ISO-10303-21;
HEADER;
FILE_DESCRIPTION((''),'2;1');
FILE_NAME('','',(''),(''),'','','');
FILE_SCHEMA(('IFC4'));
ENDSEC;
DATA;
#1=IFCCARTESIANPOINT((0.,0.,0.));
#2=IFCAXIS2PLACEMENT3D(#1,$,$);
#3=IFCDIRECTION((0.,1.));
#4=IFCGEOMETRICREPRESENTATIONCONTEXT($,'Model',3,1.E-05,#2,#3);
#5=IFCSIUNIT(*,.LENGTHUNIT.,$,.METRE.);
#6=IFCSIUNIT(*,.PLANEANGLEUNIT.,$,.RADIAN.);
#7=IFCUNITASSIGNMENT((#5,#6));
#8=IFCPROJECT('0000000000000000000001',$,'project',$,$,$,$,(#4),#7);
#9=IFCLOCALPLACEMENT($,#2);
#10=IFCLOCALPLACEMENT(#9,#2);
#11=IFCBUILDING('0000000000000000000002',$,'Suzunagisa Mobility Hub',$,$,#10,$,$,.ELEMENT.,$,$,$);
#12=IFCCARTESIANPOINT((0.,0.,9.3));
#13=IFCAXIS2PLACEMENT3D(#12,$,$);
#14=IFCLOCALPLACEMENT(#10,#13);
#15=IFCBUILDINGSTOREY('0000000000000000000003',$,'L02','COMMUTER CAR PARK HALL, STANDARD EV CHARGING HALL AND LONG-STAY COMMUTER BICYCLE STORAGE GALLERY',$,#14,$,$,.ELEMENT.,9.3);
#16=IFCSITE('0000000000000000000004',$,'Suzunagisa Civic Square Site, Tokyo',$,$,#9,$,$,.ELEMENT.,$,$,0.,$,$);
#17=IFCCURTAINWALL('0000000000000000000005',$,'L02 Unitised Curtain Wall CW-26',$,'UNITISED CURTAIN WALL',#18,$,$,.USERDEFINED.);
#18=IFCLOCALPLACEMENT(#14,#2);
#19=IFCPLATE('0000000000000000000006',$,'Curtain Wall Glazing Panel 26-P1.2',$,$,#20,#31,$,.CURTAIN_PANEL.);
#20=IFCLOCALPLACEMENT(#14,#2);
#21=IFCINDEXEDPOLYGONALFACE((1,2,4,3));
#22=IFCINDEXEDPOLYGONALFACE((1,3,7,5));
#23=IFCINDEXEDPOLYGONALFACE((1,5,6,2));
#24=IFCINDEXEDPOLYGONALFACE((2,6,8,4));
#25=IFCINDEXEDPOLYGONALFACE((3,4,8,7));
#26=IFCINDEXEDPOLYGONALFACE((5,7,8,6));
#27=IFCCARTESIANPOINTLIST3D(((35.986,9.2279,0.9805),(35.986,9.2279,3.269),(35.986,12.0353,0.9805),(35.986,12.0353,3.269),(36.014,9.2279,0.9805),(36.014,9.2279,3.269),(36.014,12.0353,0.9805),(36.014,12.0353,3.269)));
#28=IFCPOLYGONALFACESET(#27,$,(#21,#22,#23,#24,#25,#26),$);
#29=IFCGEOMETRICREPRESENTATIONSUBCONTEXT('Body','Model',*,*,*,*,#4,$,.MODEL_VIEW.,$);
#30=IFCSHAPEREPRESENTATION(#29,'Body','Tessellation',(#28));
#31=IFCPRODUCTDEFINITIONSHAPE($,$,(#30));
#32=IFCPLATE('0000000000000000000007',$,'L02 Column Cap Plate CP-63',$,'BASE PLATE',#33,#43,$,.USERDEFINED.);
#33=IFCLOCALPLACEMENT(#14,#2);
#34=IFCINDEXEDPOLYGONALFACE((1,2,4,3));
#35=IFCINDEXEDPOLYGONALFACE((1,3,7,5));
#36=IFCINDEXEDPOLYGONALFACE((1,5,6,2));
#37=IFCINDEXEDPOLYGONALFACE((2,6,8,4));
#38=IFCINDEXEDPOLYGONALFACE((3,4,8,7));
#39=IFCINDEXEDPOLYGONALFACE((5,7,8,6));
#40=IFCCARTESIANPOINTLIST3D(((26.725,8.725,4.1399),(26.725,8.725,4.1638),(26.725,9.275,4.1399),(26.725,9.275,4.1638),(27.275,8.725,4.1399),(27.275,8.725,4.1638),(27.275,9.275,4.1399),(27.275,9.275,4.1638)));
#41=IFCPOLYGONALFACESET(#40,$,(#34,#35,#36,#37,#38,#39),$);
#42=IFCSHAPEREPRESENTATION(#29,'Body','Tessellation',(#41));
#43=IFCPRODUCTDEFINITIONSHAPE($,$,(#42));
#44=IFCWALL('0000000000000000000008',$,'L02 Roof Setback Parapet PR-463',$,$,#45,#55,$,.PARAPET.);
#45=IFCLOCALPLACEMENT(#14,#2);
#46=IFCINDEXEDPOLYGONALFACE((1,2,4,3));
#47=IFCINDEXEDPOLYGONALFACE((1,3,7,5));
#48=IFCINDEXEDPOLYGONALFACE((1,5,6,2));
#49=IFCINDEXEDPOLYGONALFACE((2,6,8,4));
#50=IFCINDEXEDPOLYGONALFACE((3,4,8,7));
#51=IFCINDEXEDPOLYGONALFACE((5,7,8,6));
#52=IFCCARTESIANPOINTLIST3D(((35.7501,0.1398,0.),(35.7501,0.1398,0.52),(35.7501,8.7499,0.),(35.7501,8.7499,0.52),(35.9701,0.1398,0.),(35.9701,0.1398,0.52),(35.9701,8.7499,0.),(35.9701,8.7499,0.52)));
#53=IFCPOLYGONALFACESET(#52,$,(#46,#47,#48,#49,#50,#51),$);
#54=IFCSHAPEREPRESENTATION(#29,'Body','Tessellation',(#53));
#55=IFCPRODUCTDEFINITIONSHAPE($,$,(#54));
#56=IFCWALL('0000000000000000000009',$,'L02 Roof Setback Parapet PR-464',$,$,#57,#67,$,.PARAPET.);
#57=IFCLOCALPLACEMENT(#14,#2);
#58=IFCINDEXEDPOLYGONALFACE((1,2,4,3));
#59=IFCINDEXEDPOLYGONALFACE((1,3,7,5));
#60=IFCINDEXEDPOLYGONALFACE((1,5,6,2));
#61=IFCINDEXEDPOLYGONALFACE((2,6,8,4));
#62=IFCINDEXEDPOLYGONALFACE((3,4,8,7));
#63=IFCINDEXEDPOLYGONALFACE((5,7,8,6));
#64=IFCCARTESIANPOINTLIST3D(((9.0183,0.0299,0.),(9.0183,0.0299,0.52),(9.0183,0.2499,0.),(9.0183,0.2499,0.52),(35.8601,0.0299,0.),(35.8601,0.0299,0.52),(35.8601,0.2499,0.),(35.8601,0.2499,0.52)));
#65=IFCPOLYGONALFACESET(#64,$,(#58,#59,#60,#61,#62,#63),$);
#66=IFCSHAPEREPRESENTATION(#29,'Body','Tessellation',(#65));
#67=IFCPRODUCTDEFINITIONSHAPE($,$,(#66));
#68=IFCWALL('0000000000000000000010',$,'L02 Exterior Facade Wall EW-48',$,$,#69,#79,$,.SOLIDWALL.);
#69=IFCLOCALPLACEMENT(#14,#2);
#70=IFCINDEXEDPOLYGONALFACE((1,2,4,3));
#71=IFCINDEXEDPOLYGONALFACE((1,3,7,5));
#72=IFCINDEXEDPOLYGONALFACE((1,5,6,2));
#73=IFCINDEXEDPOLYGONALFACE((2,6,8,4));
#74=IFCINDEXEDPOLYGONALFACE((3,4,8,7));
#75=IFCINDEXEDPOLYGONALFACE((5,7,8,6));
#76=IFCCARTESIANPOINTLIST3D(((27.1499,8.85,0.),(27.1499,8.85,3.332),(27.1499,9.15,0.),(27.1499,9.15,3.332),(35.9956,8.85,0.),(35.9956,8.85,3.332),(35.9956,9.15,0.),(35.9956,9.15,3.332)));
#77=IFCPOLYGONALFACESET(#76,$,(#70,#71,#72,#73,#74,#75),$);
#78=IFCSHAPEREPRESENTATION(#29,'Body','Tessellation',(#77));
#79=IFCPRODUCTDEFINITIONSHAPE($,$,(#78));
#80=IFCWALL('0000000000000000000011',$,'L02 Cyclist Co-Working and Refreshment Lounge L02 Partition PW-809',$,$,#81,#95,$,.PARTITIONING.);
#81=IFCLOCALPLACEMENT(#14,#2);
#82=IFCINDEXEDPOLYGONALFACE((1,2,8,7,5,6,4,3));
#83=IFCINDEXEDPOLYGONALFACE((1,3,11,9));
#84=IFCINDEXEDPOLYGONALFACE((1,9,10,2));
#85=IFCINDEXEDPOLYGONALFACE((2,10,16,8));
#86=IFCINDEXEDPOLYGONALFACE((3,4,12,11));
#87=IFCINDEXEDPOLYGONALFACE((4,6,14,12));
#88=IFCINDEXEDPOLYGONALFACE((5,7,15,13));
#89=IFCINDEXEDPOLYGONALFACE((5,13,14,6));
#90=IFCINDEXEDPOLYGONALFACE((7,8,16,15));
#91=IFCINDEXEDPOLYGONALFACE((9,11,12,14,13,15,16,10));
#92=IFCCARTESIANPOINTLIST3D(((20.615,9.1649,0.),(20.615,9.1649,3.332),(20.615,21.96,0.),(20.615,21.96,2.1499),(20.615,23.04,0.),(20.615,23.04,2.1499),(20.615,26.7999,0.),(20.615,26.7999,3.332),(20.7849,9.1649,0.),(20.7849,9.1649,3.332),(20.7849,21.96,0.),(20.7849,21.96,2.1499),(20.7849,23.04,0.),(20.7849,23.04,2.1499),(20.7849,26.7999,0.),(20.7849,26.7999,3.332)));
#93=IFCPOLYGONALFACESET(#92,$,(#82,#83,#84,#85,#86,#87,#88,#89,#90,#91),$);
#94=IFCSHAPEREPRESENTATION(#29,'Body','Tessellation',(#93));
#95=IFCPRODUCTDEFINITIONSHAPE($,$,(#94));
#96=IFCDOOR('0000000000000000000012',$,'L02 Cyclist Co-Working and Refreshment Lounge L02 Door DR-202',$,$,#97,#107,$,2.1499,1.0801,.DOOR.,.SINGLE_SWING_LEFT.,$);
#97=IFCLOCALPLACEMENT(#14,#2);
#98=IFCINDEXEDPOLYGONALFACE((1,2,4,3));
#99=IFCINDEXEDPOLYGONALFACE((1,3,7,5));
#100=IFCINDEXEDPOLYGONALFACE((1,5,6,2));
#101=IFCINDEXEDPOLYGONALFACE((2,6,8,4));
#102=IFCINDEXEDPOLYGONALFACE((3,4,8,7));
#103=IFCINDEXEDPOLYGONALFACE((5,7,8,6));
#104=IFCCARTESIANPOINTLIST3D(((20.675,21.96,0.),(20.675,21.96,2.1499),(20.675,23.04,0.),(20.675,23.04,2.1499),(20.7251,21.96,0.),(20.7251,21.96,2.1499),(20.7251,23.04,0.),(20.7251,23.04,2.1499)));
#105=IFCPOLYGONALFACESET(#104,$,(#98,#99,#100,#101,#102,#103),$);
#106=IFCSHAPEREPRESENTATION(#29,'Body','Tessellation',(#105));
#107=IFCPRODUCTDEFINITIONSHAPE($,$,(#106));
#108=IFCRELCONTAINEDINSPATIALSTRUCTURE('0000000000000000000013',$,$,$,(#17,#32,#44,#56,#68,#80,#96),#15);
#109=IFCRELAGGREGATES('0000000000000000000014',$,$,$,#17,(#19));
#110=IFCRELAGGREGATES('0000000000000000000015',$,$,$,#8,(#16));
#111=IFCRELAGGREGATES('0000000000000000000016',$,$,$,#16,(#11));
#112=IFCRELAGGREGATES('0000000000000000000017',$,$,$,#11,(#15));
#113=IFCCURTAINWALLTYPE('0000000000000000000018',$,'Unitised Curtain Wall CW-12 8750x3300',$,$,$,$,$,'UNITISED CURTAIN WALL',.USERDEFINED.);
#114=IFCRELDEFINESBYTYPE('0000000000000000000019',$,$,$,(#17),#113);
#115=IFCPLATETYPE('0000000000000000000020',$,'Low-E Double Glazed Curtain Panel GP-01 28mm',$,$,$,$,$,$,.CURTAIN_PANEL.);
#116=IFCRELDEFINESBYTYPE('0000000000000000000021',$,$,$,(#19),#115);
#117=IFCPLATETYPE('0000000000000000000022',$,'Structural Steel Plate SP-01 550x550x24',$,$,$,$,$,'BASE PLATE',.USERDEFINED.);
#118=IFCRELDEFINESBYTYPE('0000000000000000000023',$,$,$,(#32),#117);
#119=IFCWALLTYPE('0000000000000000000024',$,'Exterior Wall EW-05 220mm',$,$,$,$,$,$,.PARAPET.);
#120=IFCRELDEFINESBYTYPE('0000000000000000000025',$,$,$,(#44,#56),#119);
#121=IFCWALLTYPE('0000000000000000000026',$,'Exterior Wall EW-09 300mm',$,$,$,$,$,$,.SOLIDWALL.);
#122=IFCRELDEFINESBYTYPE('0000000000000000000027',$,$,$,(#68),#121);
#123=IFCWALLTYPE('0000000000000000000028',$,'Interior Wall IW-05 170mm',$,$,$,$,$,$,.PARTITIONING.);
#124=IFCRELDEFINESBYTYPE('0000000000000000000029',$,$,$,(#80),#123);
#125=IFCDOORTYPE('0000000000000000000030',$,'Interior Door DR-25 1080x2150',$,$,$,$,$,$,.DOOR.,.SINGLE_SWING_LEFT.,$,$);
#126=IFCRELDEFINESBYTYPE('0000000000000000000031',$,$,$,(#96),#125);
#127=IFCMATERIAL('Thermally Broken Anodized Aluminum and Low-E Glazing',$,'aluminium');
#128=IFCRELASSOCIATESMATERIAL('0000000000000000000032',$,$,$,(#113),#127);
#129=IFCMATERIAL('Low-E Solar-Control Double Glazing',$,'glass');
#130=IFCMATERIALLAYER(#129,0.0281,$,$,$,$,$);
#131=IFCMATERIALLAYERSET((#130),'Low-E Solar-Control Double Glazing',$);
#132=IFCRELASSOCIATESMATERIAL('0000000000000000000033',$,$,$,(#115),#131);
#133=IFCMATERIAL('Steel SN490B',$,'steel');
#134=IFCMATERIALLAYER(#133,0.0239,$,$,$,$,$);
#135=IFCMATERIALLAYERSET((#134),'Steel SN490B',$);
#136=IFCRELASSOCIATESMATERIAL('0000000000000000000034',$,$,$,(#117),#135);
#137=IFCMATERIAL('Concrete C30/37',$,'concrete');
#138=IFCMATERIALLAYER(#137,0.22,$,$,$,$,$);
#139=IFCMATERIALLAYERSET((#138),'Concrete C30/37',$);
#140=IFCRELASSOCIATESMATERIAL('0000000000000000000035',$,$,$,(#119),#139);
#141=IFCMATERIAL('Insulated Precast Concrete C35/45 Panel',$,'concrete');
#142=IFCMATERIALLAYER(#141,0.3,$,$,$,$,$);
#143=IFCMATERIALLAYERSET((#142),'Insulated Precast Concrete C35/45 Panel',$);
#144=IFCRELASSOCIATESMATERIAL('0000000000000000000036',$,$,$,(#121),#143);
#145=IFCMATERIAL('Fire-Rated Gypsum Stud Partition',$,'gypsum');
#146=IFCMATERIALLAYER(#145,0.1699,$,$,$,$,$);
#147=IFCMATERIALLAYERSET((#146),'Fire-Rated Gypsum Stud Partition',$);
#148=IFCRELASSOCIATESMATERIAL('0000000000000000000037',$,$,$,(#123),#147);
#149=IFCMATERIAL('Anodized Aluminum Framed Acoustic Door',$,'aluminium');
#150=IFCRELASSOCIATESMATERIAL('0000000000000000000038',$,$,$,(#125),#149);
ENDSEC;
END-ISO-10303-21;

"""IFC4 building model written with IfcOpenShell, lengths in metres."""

from ifc_helpers import new_model, si_unit, direction, frame, frame_2d, origin, origin_2d, place, context, subcontext, project, spatial, rectangle, extrude, material, layer, layer_set, type_object, element, fill, aggregate, save


model = new_model("IFC4")

# Units and contexts
model_context = context("Model", 3, precision=1e-05, world=origin(), true_north=direction((0.0, 1.0)))
body_context = subcontext(model_context, "Body", "Model", "MODEL_VIEW")
ifc_project = project(units=[si_unit("LENGTHUNIT", "METRE"), si_unit("PLANEANGLEUNIT", "RADIAN")], contexts=[model_context])

# Site, building, storey
site_placement = place(None, origin())
site = spatial("IfcSite", under=ifc_project, at=site_placement, Name="Suzunagisa Civic Square Site, Tokyo", CompositionType="ELEMENT", RefElevation=0.0)
building_placement = place(site_placement, origin())
building = spatial("IfcBuilding", under=site, at=building_placement, Name="Suzunagisa Mobility Hub", CompositionType="ELEMENT")
storey_placement = place(building_placement, frame((0.0, 0.0, 9.3)))
storey = spatial("IfcBuildingStorey", under=building, at=storey_placement, Name="L02", Description="COMMUTER CAR PARK HALL, STANDARD EV CHARGING HALL AND LONG-STAY COMMUTER BICYCLE STORAGE GALLERY", CompositionType="ELEMENT", Elevation=9.3)

# Shared definitions
ifc_material_1 = material(Name="Steel SN490B", Category="steel")

# Curtain wall
ifc_material_2 = material(Name="Thermally Broken Anodized Aluminum and Low-E Glazing", Category="aluminium")
curtain_wall_type = type_object("IfcCurtainWallType", Name="Unitised Curtain Wall CW-12 8750x3300", ElementType="UNITISED CURTAIN WALL", PredefinedType="USERDEFINED", material=ifc_material_2)
curtain_wall_1_placement = place(storey_placement, origin())
curtain_wall_1 = element("IfcCurtainWall", 1, at=curtain_wall_1_placement, inside=storey, type_object=curtain_wall_type, Name="L02 Unitised Curtain Wall CW-26", ObjectType="UNITISED CURTAIN WALL", PredefinedType="USERDEFINED")

# Plates
ifc_material_3 = material(Name="Low-E Solar-Control Double Glazing", Category="glass")
ifc_layer_1 = layer(ifc_material_3, 0.0281)
ifc_layer_set_1 = layer_set([ifc_layer_1], Name="Low-E Solar-Control Double Glazing")
plate_type_1 = type_object("IfcPlateType", Name="Low-E Double Glazed Curtain Panel GP-01 28mm", PredefinedType="CURTAIN_PANEL", material=ifc_layer_set_1)
plate_1_placement = place(storey_placement, frame((36.0, 10.6316, 0.9805), z_axis=(0.0, 0.0, 1.0), x_axis=(0.0, 1.0, 0.0)))
plate_1 = element("IfcPlate", 2, at=plate_1_placement, type_object=plate_type_1, Name="Curtain Wall Glazing Panel 26-P1.2", PredefinedType="CURTAIN_PANEL", context=body_context, shape_type="SweptSolid", body=[
    extrude(rectangle(XDim=2.8074, YDim=0.0281, at=origin_2d()), origin(), (0.0, 0.0, 1.0), 2.2886),
])
aggregate(curtain_wall_1, [plate_1])
ifc_layer_2 = layer(ifc_material_1, 0.0239)
ifc_layer_set_2 = layer_set([ifc_layer_2], Name="Steel SN490B")
plate_type_2 = type_object("IfcPlateType", Name="Structural Steel Plate SP-01 550x550x24", ElementType="BASE PLATE", PredefinedType="USERDEFINED", material=ifc_layer_set_2)
plate_2_placement = place(storey_placement, frame((27.0, 9.0, 4.1399), z_axis=(0.0, 0.0, 1.0), x_axis=(1.0, 0.0, 0.0)))
element("IfcPlate", 3, at=plate_2_placement, inside=storey, type_object=plate_type_2, Name="L02 Column Cap Plate CP-63", ObjectType="BASE PLATE", PredefinedType="USERDEFINED", context=body_context, shape_type="SweptSolid", body=[
    extrude(rectangle(XDim=0.55, YDim=0.55, at=origin_2d()), origin(), (0.0, 0.0, 1.0), 0.0239),
])

# Walls
ifc_material_4 = material(Name="Concrete C30/37", Category="concrete")
ifc_layer_3 = layer(ifc_material_4, 0.22)
ifc_layer_set_3 = layer_set([ifc_layer_3], Name="Concrete C30/37")
wall_type_1 = type_object("IfcWallType", Name="Exterior Wall EW-05 220mm", PredefinedType="PARAPET", material=ifc_layer_set_3)
wall_1_placement = place(storey_placement, frame((35.8601, 8.75, 0.0), z_axis=(0.0, 0.0, 1.0), x_axis=(0.0, -1.0, 0.0)))
element("IfcWall", 4, at=wall_1_placement, inside=storey, type_object=wall_type_1, Name="L02 Roof Setback Parapet PR-463", PredefinedType="PARAPET", context=body_context, shape_type="SweptSolid", body=[
    extrude(rectangle(XDim=8.6101, YDim=0.22, at=frame_2d((4.3052, 0.0))), origin(), (0.0, 0.0, 1.0), 0.52),
])
wall_2_placement = place(storey_placement, frame((35.8601, 0.1399, 0.0), z_axis=(0.0, 0.0, 1.0), x_axis=(-1.0, 0.0, 0.0)))
element("IfcWall", 5, at=wall_2_placement, inside=storey, type_object=wall_type_1, Name="L02 Roof Setback Parapet PR-464", PredefinedType="PARAPET", context=body_context, shape_type="SweptSolid", body=[
    extrude(rectangle(XDim=26.8418, YDim=0.22, at=frame_2d((13.4209, 0.0))), origin(), (0.0, 0.0, 1.0), 0.52),
])
ifc_material_5 = material(Name="Insulated Precast Concrete C35/45 Panel", Category="concrete")
ifc_layer_4 = layer(ifc_material_5, 0.3)
ifc_layer_set_4 = layer_set([ifc_layer_4], Name="Insulated Precast Concrete C35/45 Panel")
wall_type_2 = type_object("IfcWallType", Name="Exterior Wall EW-09 300mm", PredefinedType="SOLIDWALL", material=ifc_layer_set_4)
wall_3_placement = place(storey_placement, frame((27.1499, 9.0, 0.0), z_axis=(0.0, 0.0, 1.0), x_axis=(1.0, 0.0, 0.0)))
element("IfcWall", 6, at=wall_3_placement, inside=storey, type_object=wall_type_2, Name="L02 Exterior Facade Wall EW-48", PredefinedType="SOLIDWALL", context=body_context, shape_type="SweptSolid", body=[
    extrude(rectangle(XDim=8.8457, YDim=0.3, at=frame_2d((4.4229, 0.0))), origin(), (0.0, 0.0, 1.0), 3.332),
])

# Wall, opening, door
ifc_material_6 = material(Name="Fire-Rated Gypsum Stud Partition", Category="gypsum")
ifc_layer_5 = layer(ifc_material_6, 0.1699)
ifc_layer_set_5 = layer_set([ifc_layer_5], Name="Fire-Rated Gypsum Stud Partition")
wall_type_3 = type_object("IfcWallType", Name="Interior Wall IW-05 170mm", PredefinedType="PARTITIONING", material=ifc_layer_set_5)
wall_4_placement = place(storey_placement, frame((20.7, 9.165, 0.0), z_axis=(0.0, 0.0, 1.0), x_axis=(0.0, 1.0, 0.0)))
wall_4 = element("IfcWall", 7, at=wall_4_placement, inside=storey, type_object=wall_type_3, Name="L02 Cyclist Co-Working and Refreshment Lounge L02 Partition PW-809", PredefinedType="PARTITIONING", context=body_context, shape_type="SweptSolid", body=[
    extrude(rectangle(XDim=17.635, YDim=0.1699, at=frame_2d((8.8174, 0.0))), origin(), (0.0, 0.0, 1.0), 3.332),
])
opening_placement = place(wall_4_placement, frame((12.7949, 0.0, 0.0)))
opening = element("IfcOpeningElement", 8, at=opening_placement, cuts=wall_4, PredefinedType="OPENING", context=body_context, shape_type="SweptSolid", body=[
    extrude(rectangle(XDim=1.0801, YDim=2.1499, at=frame_2d((0.54, 1.075))), frame((0.0, 0.0959, 0.0), z_axis=(0.0, -1.0, 0.0), x_axis=(1.0, 0.0, 0.0)), (0.0, 0.0, 1.0), 0.1919),
])
ifc_material_7 = material(Name="Anodized Aluminum Framed Acoustic Door", Category="aluminium")
door_type = type_object("IfcDoorType", Name="Interior Door DR-25 1080x2150", OperationType="SINGLE_SWING_LEFT", PredefinedType="DOOR", material=ifc_material_7)
door_placement = place(opening_placement, origin())
door = element("IfcDoor", 9, at=door_placement, inside=storey, type_object=door_type, Name="L02 Cyclist Co-Working and Refreshment Lounge L02 Door DR-202", OperationType="SINGLE_SWING_LEFT", OverallHeight=2.1499, OverallWidth=1.0801, PredefinedType="DOOR", context=body_context, shape_type="SweptSolid", body=[
    extrude(rectangle(XDim=1.0801, YDim=2.1499, at=frame_2d((0.54, 1.075))), frame((0.0, 0.0249, 0.0), z_axis=(0.0, -1.0, 0.0), x_axis=(1.0, 0.0, 0.0)), (0.0, 0.0, 1.0), 0.05),
])
fill(opening, door)

save(model, "model.ifc")
